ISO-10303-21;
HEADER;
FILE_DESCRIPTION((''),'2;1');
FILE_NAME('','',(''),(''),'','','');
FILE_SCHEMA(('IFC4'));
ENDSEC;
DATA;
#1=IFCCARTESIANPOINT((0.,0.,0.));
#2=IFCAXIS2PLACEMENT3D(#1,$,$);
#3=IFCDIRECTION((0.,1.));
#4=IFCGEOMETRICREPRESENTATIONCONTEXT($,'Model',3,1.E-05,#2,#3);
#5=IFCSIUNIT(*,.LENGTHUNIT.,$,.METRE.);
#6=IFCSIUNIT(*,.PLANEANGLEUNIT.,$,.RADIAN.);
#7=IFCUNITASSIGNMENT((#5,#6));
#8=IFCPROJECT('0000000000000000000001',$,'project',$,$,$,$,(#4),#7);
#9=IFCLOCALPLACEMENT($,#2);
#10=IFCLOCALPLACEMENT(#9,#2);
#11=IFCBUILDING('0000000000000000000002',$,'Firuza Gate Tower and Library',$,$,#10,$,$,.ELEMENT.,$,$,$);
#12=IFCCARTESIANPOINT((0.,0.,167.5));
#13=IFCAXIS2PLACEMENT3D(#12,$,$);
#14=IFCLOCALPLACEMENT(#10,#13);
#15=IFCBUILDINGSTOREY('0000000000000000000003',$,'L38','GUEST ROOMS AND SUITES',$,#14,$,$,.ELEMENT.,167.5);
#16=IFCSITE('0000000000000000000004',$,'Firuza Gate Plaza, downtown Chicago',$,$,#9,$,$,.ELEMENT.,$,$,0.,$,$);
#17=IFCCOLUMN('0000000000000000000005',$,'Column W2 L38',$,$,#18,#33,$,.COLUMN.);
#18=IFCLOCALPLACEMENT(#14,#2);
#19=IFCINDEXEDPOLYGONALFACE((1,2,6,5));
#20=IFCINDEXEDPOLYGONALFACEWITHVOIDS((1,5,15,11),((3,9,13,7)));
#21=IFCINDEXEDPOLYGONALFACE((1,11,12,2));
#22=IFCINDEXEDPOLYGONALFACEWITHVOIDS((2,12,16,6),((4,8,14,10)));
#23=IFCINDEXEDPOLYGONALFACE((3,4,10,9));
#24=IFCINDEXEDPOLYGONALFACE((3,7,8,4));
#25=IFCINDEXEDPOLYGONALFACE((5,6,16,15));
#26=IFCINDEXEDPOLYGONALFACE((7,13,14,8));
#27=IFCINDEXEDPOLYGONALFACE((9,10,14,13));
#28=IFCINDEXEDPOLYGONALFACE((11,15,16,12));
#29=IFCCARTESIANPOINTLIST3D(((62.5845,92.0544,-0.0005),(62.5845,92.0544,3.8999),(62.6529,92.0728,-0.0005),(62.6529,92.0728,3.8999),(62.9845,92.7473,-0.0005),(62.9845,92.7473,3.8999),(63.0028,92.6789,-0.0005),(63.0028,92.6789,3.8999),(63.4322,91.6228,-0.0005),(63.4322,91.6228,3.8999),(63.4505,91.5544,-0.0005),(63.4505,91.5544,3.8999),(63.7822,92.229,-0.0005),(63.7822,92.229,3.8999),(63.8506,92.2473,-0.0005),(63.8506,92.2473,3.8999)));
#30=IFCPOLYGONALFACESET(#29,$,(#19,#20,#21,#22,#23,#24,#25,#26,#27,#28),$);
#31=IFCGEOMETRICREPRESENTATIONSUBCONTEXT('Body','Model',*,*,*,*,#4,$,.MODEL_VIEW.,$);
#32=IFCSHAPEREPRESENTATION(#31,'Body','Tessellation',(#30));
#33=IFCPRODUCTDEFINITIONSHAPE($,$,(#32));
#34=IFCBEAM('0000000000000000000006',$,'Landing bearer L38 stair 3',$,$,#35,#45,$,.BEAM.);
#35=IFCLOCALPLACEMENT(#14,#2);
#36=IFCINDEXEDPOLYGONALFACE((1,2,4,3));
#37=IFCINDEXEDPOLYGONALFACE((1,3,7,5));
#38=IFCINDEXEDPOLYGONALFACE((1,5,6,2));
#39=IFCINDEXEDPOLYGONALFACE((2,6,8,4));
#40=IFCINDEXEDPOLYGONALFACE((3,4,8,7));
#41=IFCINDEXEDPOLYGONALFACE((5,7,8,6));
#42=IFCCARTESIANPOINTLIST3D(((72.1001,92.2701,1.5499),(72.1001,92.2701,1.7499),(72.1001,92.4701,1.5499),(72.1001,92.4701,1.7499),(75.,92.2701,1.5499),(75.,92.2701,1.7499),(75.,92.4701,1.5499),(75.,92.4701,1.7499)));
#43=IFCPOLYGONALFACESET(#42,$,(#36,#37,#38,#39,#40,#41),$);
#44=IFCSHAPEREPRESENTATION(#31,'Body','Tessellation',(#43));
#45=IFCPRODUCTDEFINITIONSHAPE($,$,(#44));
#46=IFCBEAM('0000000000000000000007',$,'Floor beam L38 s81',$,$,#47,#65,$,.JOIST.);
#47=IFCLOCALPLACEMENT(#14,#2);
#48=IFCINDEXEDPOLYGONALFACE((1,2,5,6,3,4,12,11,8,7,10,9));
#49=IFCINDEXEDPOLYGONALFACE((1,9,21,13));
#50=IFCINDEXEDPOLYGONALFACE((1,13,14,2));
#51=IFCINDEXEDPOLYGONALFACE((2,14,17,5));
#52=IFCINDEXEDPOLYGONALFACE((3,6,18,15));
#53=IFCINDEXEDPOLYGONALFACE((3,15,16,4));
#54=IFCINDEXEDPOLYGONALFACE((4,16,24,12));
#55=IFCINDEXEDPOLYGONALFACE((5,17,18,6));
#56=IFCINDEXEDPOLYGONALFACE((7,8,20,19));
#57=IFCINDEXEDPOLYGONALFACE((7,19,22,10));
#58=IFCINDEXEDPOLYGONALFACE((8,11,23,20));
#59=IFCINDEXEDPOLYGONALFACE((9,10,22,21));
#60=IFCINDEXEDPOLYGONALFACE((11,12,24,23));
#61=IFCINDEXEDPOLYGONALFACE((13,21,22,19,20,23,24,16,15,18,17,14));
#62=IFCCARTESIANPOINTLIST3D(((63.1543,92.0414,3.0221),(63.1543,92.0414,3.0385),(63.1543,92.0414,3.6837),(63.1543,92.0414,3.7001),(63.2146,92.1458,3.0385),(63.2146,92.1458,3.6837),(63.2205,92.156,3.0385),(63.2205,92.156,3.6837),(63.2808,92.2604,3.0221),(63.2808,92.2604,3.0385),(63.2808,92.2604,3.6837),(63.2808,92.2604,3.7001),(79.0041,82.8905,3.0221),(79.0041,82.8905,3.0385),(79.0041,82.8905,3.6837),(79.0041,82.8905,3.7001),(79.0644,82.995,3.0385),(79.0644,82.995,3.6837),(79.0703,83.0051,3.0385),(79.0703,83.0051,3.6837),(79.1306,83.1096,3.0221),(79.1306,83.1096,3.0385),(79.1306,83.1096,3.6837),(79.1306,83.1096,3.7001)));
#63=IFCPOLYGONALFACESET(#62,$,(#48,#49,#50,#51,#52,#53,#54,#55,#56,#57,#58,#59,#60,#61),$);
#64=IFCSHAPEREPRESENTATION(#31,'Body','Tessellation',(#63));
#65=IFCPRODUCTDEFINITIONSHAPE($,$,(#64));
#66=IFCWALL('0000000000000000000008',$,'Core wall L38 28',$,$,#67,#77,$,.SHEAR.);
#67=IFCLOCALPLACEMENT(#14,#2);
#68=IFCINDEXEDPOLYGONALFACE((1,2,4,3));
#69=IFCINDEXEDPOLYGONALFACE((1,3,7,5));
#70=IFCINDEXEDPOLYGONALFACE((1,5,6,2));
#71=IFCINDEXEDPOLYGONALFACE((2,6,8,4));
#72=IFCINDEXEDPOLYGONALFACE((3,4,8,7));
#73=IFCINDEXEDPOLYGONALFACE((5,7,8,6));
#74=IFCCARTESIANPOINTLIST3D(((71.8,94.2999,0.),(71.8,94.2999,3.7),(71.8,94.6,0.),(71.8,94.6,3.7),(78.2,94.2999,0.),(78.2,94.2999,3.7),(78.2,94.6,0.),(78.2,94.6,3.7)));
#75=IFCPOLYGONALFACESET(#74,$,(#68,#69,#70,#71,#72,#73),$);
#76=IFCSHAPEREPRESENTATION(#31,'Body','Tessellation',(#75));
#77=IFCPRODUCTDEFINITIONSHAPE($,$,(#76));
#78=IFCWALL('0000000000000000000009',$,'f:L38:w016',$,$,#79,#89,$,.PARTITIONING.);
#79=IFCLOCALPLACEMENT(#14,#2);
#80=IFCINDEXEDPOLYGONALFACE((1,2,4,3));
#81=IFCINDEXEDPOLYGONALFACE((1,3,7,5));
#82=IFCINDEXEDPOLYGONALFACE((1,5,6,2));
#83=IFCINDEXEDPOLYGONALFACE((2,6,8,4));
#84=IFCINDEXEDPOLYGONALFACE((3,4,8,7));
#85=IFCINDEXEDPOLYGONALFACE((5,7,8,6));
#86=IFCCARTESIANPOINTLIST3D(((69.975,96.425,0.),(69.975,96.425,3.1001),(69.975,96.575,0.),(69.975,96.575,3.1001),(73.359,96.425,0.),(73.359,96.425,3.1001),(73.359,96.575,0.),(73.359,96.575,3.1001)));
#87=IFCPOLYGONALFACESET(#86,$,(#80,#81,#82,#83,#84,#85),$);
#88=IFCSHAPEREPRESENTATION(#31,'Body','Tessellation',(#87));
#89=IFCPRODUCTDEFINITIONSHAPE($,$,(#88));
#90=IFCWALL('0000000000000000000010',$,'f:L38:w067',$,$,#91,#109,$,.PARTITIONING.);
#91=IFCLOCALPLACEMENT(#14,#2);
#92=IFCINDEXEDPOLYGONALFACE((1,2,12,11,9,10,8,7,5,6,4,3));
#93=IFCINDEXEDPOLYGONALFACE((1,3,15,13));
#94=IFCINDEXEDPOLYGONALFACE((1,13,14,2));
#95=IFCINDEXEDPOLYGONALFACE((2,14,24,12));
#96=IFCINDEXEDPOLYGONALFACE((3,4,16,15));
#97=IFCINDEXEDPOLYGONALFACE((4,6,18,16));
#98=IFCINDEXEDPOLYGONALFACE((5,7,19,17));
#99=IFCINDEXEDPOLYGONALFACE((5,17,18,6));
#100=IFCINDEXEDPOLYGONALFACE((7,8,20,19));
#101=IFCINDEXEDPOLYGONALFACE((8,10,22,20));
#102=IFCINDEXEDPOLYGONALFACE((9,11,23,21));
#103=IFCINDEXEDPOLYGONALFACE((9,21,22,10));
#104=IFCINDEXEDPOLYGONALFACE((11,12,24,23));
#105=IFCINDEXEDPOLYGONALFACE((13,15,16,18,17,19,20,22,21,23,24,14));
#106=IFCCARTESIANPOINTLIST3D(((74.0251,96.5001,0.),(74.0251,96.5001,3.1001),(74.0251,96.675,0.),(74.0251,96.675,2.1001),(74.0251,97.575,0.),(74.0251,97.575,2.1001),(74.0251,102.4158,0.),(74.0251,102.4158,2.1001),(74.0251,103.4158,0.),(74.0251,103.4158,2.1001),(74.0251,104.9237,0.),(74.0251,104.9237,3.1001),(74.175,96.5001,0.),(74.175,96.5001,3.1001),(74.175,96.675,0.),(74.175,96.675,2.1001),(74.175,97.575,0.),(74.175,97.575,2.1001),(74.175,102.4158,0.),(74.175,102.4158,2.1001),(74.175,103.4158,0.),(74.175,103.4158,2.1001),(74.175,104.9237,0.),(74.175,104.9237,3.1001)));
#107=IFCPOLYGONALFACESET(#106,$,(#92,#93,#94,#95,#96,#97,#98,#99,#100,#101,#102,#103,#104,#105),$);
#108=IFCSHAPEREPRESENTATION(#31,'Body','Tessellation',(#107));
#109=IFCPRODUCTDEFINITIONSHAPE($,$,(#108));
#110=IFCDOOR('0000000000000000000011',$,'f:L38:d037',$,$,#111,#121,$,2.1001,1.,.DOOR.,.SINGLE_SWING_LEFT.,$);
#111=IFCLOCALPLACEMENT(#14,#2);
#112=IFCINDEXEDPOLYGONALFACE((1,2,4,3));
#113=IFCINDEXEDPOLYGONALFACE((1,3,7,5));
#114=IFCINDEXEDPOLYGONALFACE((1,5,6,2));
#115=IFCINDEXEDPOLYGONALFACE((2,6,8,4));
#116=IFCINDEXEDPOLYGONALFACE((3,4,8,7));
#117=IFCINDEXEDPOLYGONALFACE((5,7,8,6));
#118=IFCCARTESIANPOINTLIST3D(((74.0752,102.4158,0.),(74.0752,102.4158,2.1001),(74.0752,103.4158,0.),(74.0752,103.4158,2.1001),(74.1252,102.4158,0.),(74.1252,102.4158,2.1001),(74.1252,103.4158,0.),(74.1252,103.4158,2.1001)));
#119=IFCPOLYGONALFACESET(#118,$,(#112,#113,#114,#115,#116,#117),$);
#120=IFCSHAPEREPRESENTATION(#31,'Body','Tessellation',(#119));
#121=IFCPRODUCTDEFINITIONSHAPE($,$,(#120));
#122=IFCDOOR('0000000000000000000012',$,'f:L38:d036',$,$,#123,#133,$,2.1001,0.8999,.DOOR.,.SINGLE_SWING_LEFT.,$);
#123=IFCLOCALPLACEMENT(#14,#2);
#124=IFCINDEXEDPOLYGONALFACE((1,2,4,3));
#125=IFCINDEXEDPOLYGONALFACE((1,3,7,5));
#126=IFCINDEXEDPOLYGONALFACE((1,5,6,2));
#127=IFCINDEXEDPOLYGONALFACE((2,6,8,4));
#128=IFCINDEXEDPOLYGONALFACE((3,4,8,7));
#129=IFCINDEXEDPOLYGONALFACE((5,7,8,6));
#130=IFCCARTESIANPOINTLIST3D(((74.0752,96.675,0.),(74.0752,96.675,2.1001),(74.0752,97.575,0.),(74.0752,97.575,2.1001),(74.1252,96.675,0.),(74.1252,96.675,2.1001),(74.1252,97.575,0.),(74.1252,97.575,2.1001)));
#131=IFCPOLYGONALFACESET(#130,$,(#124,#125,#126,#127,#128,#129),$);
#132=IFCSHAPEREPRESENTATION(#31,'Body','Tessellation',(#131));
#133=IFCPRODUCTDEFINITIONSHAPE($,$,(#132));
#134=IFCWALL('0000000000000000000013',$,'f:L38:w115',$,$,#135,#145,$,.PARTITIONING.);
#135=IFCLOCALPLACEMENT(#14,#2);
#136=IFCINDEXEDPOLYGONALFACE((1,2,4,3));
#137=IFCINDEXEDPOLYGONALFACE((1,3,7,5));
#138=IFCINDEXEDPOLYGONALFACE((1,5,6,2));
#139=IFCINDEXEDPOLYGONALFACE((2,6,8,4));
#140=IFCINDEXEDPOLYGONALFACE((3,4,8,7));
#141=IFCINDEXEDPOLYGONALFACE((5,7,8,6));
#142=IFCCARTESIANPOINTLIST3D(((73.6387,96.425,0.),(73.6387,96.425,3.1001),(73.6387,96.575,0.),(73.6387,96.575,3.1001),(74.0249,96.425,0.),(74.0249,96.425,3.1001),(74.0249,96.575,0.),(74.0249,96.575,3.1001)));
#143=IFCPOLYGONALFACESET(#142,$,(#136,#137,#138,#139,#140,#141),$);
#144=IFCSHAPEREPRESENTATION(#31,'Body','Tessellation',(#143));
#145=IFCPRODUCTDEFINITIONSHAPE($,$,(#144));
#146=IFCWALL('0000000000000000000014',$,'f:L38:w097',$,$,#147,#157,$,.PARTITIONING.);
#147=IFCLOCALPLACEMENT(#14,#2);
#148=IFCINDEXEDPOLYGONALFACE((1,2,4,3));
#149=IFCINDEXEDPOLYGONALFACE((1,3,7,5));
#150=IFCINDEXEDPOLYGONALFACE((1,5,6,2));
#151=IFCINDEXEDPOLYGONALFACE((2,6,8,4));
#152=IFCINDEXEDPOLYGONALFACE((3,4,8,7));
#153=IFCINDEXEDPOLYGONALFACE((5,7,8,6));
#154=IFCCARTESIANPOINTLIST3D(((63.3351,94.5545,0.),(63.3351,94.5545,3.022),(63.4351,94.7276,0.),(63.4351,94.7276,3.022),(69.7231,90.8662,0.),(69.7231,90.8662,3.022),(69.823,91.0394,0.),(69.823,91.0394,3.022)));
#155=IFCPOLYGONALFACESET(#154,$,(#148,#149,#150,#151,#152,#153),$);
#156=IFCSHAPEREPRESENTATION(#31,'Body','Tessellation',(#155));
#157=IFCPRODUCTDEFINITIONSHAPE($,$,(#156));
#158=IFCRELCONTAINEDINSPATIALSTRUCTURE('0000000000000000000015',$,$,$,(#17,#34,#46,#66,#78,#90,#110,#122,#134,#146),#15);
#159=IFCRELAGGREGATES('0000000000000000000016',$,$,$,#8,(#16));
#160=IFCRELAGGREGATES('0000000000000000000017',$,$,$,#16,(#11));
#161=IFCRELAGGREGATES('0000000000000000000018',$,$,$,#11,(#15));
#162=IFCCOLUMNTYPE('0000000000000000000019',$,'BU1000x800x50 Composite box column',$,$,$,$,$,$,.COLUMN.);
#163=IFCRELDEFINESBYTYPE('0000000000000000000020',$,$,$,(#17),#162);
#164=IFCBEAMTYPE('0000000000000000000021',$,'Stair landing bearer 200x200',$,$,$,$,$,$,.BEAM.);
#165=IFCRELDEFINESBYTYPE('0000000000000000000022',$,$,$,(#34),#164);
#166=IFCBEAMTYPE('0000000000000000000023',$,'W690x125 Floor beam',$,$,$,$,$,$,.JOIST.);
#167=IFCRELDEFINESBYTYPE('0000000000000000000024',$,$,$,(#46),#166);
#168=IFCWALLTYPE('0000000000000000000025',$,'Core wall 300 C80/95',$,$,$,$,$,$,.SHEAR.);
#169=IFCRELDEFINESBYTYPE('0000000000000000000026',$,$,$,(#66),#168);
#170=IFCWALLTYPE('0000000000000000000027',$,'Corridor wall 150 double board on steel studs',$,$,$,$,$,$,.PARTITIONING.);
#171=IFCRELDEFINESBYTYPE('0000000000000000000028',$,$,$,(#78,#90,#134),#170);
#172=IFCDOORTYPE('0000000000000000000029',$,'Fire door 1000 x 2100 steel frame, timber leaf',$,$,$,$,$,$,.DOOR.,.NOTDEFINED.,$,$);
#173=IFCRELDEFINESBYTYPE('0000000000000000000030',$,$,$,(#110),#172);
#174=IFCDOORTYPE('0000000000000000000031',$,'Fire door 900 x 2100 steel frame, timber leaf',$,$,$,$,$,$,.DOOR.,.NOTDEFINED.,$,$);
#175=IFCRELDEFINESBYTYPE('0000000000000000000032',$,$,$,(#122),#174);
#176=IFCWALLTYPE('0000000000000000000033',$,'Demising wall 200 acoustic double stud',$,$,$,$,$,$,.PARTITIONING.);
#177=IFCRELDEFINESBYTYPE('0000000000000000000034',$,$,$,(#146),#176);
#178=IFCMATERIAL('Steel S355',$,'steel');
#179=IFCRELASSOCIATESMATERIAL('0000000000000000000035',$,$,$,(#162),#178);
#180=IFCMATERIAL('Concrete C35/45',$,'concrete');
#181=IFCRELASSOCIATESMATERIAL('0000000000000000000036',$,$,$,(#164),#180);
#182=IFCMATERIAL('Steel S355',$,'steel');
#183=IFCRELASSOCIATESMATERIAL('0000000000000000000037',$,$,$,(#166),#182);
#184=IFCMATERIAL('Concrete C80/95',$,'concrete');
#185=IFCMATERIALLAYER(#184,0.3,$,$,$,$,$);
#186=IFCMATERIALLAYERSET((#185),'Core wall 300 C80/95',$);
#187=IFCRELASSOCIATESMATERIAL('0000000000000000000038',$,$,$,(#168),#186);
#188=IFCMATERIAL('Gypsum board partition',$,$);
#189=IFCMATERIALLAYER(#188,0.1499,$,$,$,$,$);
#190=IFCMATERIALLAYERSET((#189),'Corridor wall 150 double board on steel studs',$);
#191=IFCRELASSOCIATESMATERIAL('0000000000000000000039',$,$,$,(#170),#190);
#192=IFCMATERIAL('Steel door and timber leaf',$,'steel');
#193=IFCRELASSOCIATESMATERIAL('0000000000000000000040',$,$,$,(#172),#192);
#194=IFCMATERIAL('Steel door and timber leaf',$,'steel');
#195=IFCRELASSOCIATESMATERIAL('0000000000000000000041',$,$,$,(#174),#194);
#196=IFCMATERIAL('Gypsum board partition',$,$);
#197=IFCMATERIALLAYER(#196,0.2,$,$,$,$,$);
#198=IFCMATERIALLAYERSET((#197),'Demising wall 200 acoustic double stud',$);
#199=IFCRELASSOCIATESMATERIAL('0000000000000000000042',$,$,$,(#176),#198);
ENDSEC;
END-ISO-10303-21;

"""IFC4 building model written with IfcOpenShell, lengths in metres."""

from ifc_helpers import new_model, si_unit, direction, frame, frame_2d, origin, origin_2d, place, context, subcontext, project, spatial, rectangle, hollow_rectangle, i_section, extrude, material, layer, layer_set, material_profile, profile_set, type_object, element, fill, save


model = new_model("IFC4")

# Units and contexts
model_context = context("Model", 3, precision=1e-05, world=origin(), true_north=direction((0.0, 1.0)))
body_context = subcontext(model_context, "Body", "Model", "MODEL_VIEW")
ifc_project = project(units=[si_unit("LENGTHUNIT", "METRE"), si_unit("PLANEANGLEUNIT", "RADIAN")], contexts=[model_context])

# Site, building, storey
site_placement = place(None, origin())
site = spatial("IfcSite", under=ifc_project, at=site_placement, Name="Firuza Gate Plaza, downtown Chicago", CompositionType="ELEMENT", RefElevation=0.0)
building_placement = place(site_placement, origin())
building = spatial("IfcBuilding", under=site, at=building_placement, Name="Firuza Gate Tower and Library", CompositionType="ELEMENT")
storey_placement = place(building_placement, frame((0.0, 0.0, 167.5)))
storey = spatial("IfcBuildingStorey", under=building, at=storey_placement, Name="L38", Description="GUEST ROOMS AND SUITES", CompositionType="ELEMENT", Elevation=167.5)

# Column
ifc_material_1 = material(Name="Steel S355", Category="steel")
ifc_material_profile_1 = material_profile(ifc_material_1, hollow_rectangle(XDim=0.8, YDim=1.0, WallThickness=0.05, at=origin_2d()))
ifc_profile_set_1 = profile_set([ifc_material_profile_1], Name="Steel S355")
column_type = type_object("IfcColumnType", Name="BU1000x800x50 Composite box column", PredefinedType="COLUMN", material=ifc_profile_set_1)
column_placement = place(storey_placement, frame((63.2175, 92.1509, -0.0005), z_axis=(0.0, 0.0, 1.0), x_axis=(-0.5, -0.866025, 0.0)))
element("IfcColumn", 1, at=column_placement, inside=storey, type_object=column_type, Name="Column W2 L38", PredefinedType="COLUMN", context=body_context, shape_type="SweptSolid", body=[
    extrude(hollow_rectangle(XDim=0.8, YDim=1.0, WallThickness=0.05, at=origin_2d()), origin(), (0.0, 0.0, 1.0), 3.9004),
])

# Beams
ifc_material_2 = material(Name="Concrete C35/45", Category="concrete")
ifc_material_profile_2 = material_profile(ifc_material_2, rectangle(XDim=0.2, YDim=0.2, at=origin_2d()))
ifc_profile_set_2 = profile_set([ifc_material_profile_2], Name="Concrete C35/45")
beam_type_1 = type_object("IfcBeamType", Name="Stair landing bearer 200x200", PredefinedType="BEAM", material=ifc_profile_set_2)
beam_1_placement = place(storey_placement, frame((75.0, 92.3701, 1.6499), z_axis=(-1.0, 0.0, 0.0), x_axis=(0.0, -1.0, 0.0)))
element("IfcBeam", 2, at=beam_1_placement, inside=storey, type_object=beam_type_1, Name="Landing bearer L38 stair 3", PredefinedType="BEAM", context=body_context, shape_type="SweptSolid", body=[
    extrude(rectangle(XDim=0.2, YDim=0.2, at=origin_2d()), origin(), (0.0, 0.0, 1.0), 2.8999),
])
ifc_material_3 = material(Name="Steel S355", Category="steel")
ifc_material_profile_3 = material_profile(ifc_material_3, i_section(OverallWidth=0.2529, OverallDepth=0.678, WebThickness=0.0117, FlangeThickness=0.0164, at=origin_2d()))
ifc_profile_set_3 = profile_set([ifc_material_profile_3], Name="Steel S355")
beam_type_2 = type_object("IfcBeamType", Name="W690x125 Floor beam", PredefinedType="JOIST", material=ifc_profile_set_3)
beam_2_placement = place(storey_placement, frame((63.2175, 92.1509, 3.3611), z_axis=(0.866026, -0.499998, 0.0), x_axis=(0.499998, 0.866026, 0.0)))
element("IfcBeam", 3, at=beam_2_placement, inside=storey, type_object=beam_type_2, Name="Floor beam L38 s81", PredefinedType="JOIST", context=body_context, shape_type="SweptSolid", body=[
    extrude(i_section(OverallWidth=0.2529, OverallDepth=0.678, WebThickness=0.0117, FlangeThickness=0.0164, at=origin_2d()), origin(), (0.0, 0.0, 1.0), 18.3018),
])

# Walls
ifc_material_4 = material(Name="Concrete C80/95", Category="concrete")
ifc_layer_1 = layer(ifc_material_4, 0.3)
ifc_layer_set_1 = layer_set([ifc_layer_1], Name="Core wall 300 C80/95")
wall_type_1 = type_object("IfcWallType", Name="Core wall 300 C80/95", PredefinedType="SHEAR", material=ifc_layer_set_1)
wall_1_placement = place(storey_placement, frame((71.8, 94.45, 0.0), z_axis=(0.0, 0.0, 1.0), x_axis=(1.0, 0.0, 0.0)))
element("IfcWall", 4, at=wall_1_placement, inside=storey, type_object=wall_type_1, Name="Core wall L38 28", PredefinedType="SHEAR", context=body_context, shape_type="SweptSolid", body=[
    extrude(rectangle(XDim=6.3999, YDim=0.3, at=frame_2d((3.2, 0.0))), origin(), (0.0, 0.0, 1.0), 3.7),
])
ifc_material_5 = material(Name="Gypsum board partition")
ifc_layer_2 = layer(ifc_material_5, 0.1499)
ifc_layer_set_2 = layer_set([ifc_layer_2], Name="Corridor wall 150 double board on steel studs")
wall_type_2 = type_object("IfcWallType", Name="Corridor wall 150 double board on steel studs", PredefinedType="PARTITIONING", material=ifc_layer_set_2)
wall_2_placement = place(storey_placement, frame((69.9751, 96.5, 0.0), z_axis=(0.0, 0.0, 1.0), x_axis=(1.0, 0.0, 0.0)))
element("IfcWall", 5, at=wall_2_placement, inside=storey, type_object=wall_type_2, Name="f:L38:w016", PredefinedType="PARTITIONING", context=body_context, shape_type="SweptSolid", body=[
    extrude(rectangle(XDim=3.384, YDim=0.1499, at=frame_2d((1.6919, 0.0))), origin(), (0.0, 0.0, 1.0), 3.1001),
])

# Wall, openings, doors
wall_3_placement = place(storey_placement, frame((74.1001, 96.5, 0.0), z_axis=(0.0, 0.0, 1.0), x_axis=(0.0, 1.0, 0.0)))
wall_3 = element("IfcWall", 6, at=wall_3_placement, inside=storey, type_object=wall_type_2, Name="f:L38:w067", PredefinedType="PARTITIONING", context=body_context, shape_type="SweptSolid", body=[
    extrude(rectangle(XDim=8.4236, YDim=0.1499, at=frame_2d((4.2119, 0.0))), origin(), (0.0, 0.0, 1.0), 3.1001),
])
opening_1_placement = place(wall_3_placement, frame((0.175, 0.0, 0.0)))
opening_1 = element("IfcOpeningElement", 7, at=opening_1_placement, cuts=wall_3, PredefinedType="OPENING", context=body_context, shape_type="SweptSolid", body=[
    extrude(rectangle(XDim=0.8999, YDim=2.1001, at=frame_2d((0.45, 1.05))), frame((0.0, 0.085, 0.0), z_axis=(0.0, -1.0, 0.0), x_axis=(1.0, 0.0, 0.0)), (0.0, 0.0, 1.0), 0.1699),
])
opening_2_placement = place(wall_3_placement, frame((5.9158, 0.0, 0.0)))
opening_2 = element("IfcOpeningElement", 8, at=opening_2_placement, cuts=wall_3, PredefinedType="OPENING", context=body_context, shape_type="SweptSolid", body=[
    extrude(rectangle(XDim=1.0, YDim=2.1001, at=frame_2d((0.5, 1.05))), frame((0.0, 0.085, 0.0), z_axis=(0.0, -1.0, 0.0), x_axis=(1.0, 0.0, 0.0)), (0.0, 0.0, 1.0), 0.1699),
])
ifc_material_6 = material(Name="Steel door and timber leaf", Category="steel")
door_type_1 = type_object("IfcDoorType", Name="Fire door 1000 x 2100 steel frame, timber leaf", OperationType="NOTDEFINED", PredefinedType="DOOR", material=ifc_material_6)
door_1_placement = place(opening_2_placement, origin())
door_1 = element("IfcDoor", 9, at=door_1_placement, inside=storey, type_object=door_type_1, Name="f:L38:d037", OperationType="SINGLE_SWING_LEFT", OverallHeight=2.1001, OverallWidth=1.0, PredefinedType="DOOR", context=body_context, shape_type="SweptSolid", body=[
    extrude(rectangle(XDim=1.0, YDim=2.1001, at=frame_2d((0.5, 1.05))), frame((0.0, 0.0249, 0.0), z_axis=(0.0, -1.0, 0.0), x_axis=(1.0, 0.0, 0.0)), (0.0, 0.0, 1.0), 0.05),
])
fill(opening_2, door_1)
ifc_material_7 = material(Name="Steel door and timber leaf", Category="steel")
door_type_2 = type_object("IfcDoorType", Name="Fire door 900 x 2100 steel frame, timber leaf", OperationType="NOTDEFINED", PredefinedType="DOOR", material=ifc_material_7)
door_2_placement = place(opening_1_placement, origin())
door_2 = element("IfcDoor", 10, at=door_2_placement, inside=storey, type_object=door_type_2, Name="f:L38:d036", OperationType="SINGLE_SWING_LEFT", OverallHeight=2.1001, OverallWidth=0.8999, PredefinedType="DOOR", context=body_context, shape_type="SweptSolid", body=[
    extrude(rectangle(XDim=0.8999, YDim=2.1001, at=frame_2d((0.45, 1.05))), frame((0.0, 0.0249, 0.0), z_axis=(0.0, -1.0, 0.0), x_axis=(1.0, 0.0, 0.0)), (0.0, 0.0, 1.0), 0.05),
])
fill(opening_1, door_2)

# Walls
wall_4_placement = place(storey_placement, frame((73.6387, 96.5, 0.0), z_axis=(0.0, 0.0, 1.0), x_axis=(1.0, 0.0, 0.0)))
element("IfcWall", 11, at=wall_4_placement, inside=storey, type_object=wall_type_2, Name="f:L38:w115", PredefinedType="PARTITIONING", context=body_context, shape_type="SweptSolid", body=[
    extrude(rectangle(XDim=0.3862, YDim=0.1499, at=frame_2d((0.1931, 0.0))), origin(), (0.0, 0.0, 1.0), 3.1001),
])
ifc_material_8 = material(Name="Gypsum board partition")
ifc_layer_3 = layer(ifc_material_8, 0.2)
ifc_layer_set_3 = layer_set([ifc_layer_3], Name="Demising wall 200 acoustic double stud")
wall_type_3 = type_object("IfcWallType", Name="Demising wall 200 acoustic double stud", PredefinedType="PARTITIONING", material=ifc_layer_set_3)
wall_5_placement = place(storey_placement, frame((69.7729, 90.9529, 0.0), z_axis=(0.0, 0.0, 1.0), x_axis=(-0.866016, 0.500016, 0.0)))
element("IfcWall", 12, at=wall_5_placement, inside=storey, type_object=wall_type_3, Name="f:L38:w097", PredefinedType="PARTITIONING", context=body_context, shape_type="SweptSolid", body=[
    extrude(rectangle(XDim=7.3762, YDim=0.2, at=frame_2d((3.688, 0.0))), origin(), (0.0, 0.0, 1.0), 3.022),
])

save(model, "model.ifc")
